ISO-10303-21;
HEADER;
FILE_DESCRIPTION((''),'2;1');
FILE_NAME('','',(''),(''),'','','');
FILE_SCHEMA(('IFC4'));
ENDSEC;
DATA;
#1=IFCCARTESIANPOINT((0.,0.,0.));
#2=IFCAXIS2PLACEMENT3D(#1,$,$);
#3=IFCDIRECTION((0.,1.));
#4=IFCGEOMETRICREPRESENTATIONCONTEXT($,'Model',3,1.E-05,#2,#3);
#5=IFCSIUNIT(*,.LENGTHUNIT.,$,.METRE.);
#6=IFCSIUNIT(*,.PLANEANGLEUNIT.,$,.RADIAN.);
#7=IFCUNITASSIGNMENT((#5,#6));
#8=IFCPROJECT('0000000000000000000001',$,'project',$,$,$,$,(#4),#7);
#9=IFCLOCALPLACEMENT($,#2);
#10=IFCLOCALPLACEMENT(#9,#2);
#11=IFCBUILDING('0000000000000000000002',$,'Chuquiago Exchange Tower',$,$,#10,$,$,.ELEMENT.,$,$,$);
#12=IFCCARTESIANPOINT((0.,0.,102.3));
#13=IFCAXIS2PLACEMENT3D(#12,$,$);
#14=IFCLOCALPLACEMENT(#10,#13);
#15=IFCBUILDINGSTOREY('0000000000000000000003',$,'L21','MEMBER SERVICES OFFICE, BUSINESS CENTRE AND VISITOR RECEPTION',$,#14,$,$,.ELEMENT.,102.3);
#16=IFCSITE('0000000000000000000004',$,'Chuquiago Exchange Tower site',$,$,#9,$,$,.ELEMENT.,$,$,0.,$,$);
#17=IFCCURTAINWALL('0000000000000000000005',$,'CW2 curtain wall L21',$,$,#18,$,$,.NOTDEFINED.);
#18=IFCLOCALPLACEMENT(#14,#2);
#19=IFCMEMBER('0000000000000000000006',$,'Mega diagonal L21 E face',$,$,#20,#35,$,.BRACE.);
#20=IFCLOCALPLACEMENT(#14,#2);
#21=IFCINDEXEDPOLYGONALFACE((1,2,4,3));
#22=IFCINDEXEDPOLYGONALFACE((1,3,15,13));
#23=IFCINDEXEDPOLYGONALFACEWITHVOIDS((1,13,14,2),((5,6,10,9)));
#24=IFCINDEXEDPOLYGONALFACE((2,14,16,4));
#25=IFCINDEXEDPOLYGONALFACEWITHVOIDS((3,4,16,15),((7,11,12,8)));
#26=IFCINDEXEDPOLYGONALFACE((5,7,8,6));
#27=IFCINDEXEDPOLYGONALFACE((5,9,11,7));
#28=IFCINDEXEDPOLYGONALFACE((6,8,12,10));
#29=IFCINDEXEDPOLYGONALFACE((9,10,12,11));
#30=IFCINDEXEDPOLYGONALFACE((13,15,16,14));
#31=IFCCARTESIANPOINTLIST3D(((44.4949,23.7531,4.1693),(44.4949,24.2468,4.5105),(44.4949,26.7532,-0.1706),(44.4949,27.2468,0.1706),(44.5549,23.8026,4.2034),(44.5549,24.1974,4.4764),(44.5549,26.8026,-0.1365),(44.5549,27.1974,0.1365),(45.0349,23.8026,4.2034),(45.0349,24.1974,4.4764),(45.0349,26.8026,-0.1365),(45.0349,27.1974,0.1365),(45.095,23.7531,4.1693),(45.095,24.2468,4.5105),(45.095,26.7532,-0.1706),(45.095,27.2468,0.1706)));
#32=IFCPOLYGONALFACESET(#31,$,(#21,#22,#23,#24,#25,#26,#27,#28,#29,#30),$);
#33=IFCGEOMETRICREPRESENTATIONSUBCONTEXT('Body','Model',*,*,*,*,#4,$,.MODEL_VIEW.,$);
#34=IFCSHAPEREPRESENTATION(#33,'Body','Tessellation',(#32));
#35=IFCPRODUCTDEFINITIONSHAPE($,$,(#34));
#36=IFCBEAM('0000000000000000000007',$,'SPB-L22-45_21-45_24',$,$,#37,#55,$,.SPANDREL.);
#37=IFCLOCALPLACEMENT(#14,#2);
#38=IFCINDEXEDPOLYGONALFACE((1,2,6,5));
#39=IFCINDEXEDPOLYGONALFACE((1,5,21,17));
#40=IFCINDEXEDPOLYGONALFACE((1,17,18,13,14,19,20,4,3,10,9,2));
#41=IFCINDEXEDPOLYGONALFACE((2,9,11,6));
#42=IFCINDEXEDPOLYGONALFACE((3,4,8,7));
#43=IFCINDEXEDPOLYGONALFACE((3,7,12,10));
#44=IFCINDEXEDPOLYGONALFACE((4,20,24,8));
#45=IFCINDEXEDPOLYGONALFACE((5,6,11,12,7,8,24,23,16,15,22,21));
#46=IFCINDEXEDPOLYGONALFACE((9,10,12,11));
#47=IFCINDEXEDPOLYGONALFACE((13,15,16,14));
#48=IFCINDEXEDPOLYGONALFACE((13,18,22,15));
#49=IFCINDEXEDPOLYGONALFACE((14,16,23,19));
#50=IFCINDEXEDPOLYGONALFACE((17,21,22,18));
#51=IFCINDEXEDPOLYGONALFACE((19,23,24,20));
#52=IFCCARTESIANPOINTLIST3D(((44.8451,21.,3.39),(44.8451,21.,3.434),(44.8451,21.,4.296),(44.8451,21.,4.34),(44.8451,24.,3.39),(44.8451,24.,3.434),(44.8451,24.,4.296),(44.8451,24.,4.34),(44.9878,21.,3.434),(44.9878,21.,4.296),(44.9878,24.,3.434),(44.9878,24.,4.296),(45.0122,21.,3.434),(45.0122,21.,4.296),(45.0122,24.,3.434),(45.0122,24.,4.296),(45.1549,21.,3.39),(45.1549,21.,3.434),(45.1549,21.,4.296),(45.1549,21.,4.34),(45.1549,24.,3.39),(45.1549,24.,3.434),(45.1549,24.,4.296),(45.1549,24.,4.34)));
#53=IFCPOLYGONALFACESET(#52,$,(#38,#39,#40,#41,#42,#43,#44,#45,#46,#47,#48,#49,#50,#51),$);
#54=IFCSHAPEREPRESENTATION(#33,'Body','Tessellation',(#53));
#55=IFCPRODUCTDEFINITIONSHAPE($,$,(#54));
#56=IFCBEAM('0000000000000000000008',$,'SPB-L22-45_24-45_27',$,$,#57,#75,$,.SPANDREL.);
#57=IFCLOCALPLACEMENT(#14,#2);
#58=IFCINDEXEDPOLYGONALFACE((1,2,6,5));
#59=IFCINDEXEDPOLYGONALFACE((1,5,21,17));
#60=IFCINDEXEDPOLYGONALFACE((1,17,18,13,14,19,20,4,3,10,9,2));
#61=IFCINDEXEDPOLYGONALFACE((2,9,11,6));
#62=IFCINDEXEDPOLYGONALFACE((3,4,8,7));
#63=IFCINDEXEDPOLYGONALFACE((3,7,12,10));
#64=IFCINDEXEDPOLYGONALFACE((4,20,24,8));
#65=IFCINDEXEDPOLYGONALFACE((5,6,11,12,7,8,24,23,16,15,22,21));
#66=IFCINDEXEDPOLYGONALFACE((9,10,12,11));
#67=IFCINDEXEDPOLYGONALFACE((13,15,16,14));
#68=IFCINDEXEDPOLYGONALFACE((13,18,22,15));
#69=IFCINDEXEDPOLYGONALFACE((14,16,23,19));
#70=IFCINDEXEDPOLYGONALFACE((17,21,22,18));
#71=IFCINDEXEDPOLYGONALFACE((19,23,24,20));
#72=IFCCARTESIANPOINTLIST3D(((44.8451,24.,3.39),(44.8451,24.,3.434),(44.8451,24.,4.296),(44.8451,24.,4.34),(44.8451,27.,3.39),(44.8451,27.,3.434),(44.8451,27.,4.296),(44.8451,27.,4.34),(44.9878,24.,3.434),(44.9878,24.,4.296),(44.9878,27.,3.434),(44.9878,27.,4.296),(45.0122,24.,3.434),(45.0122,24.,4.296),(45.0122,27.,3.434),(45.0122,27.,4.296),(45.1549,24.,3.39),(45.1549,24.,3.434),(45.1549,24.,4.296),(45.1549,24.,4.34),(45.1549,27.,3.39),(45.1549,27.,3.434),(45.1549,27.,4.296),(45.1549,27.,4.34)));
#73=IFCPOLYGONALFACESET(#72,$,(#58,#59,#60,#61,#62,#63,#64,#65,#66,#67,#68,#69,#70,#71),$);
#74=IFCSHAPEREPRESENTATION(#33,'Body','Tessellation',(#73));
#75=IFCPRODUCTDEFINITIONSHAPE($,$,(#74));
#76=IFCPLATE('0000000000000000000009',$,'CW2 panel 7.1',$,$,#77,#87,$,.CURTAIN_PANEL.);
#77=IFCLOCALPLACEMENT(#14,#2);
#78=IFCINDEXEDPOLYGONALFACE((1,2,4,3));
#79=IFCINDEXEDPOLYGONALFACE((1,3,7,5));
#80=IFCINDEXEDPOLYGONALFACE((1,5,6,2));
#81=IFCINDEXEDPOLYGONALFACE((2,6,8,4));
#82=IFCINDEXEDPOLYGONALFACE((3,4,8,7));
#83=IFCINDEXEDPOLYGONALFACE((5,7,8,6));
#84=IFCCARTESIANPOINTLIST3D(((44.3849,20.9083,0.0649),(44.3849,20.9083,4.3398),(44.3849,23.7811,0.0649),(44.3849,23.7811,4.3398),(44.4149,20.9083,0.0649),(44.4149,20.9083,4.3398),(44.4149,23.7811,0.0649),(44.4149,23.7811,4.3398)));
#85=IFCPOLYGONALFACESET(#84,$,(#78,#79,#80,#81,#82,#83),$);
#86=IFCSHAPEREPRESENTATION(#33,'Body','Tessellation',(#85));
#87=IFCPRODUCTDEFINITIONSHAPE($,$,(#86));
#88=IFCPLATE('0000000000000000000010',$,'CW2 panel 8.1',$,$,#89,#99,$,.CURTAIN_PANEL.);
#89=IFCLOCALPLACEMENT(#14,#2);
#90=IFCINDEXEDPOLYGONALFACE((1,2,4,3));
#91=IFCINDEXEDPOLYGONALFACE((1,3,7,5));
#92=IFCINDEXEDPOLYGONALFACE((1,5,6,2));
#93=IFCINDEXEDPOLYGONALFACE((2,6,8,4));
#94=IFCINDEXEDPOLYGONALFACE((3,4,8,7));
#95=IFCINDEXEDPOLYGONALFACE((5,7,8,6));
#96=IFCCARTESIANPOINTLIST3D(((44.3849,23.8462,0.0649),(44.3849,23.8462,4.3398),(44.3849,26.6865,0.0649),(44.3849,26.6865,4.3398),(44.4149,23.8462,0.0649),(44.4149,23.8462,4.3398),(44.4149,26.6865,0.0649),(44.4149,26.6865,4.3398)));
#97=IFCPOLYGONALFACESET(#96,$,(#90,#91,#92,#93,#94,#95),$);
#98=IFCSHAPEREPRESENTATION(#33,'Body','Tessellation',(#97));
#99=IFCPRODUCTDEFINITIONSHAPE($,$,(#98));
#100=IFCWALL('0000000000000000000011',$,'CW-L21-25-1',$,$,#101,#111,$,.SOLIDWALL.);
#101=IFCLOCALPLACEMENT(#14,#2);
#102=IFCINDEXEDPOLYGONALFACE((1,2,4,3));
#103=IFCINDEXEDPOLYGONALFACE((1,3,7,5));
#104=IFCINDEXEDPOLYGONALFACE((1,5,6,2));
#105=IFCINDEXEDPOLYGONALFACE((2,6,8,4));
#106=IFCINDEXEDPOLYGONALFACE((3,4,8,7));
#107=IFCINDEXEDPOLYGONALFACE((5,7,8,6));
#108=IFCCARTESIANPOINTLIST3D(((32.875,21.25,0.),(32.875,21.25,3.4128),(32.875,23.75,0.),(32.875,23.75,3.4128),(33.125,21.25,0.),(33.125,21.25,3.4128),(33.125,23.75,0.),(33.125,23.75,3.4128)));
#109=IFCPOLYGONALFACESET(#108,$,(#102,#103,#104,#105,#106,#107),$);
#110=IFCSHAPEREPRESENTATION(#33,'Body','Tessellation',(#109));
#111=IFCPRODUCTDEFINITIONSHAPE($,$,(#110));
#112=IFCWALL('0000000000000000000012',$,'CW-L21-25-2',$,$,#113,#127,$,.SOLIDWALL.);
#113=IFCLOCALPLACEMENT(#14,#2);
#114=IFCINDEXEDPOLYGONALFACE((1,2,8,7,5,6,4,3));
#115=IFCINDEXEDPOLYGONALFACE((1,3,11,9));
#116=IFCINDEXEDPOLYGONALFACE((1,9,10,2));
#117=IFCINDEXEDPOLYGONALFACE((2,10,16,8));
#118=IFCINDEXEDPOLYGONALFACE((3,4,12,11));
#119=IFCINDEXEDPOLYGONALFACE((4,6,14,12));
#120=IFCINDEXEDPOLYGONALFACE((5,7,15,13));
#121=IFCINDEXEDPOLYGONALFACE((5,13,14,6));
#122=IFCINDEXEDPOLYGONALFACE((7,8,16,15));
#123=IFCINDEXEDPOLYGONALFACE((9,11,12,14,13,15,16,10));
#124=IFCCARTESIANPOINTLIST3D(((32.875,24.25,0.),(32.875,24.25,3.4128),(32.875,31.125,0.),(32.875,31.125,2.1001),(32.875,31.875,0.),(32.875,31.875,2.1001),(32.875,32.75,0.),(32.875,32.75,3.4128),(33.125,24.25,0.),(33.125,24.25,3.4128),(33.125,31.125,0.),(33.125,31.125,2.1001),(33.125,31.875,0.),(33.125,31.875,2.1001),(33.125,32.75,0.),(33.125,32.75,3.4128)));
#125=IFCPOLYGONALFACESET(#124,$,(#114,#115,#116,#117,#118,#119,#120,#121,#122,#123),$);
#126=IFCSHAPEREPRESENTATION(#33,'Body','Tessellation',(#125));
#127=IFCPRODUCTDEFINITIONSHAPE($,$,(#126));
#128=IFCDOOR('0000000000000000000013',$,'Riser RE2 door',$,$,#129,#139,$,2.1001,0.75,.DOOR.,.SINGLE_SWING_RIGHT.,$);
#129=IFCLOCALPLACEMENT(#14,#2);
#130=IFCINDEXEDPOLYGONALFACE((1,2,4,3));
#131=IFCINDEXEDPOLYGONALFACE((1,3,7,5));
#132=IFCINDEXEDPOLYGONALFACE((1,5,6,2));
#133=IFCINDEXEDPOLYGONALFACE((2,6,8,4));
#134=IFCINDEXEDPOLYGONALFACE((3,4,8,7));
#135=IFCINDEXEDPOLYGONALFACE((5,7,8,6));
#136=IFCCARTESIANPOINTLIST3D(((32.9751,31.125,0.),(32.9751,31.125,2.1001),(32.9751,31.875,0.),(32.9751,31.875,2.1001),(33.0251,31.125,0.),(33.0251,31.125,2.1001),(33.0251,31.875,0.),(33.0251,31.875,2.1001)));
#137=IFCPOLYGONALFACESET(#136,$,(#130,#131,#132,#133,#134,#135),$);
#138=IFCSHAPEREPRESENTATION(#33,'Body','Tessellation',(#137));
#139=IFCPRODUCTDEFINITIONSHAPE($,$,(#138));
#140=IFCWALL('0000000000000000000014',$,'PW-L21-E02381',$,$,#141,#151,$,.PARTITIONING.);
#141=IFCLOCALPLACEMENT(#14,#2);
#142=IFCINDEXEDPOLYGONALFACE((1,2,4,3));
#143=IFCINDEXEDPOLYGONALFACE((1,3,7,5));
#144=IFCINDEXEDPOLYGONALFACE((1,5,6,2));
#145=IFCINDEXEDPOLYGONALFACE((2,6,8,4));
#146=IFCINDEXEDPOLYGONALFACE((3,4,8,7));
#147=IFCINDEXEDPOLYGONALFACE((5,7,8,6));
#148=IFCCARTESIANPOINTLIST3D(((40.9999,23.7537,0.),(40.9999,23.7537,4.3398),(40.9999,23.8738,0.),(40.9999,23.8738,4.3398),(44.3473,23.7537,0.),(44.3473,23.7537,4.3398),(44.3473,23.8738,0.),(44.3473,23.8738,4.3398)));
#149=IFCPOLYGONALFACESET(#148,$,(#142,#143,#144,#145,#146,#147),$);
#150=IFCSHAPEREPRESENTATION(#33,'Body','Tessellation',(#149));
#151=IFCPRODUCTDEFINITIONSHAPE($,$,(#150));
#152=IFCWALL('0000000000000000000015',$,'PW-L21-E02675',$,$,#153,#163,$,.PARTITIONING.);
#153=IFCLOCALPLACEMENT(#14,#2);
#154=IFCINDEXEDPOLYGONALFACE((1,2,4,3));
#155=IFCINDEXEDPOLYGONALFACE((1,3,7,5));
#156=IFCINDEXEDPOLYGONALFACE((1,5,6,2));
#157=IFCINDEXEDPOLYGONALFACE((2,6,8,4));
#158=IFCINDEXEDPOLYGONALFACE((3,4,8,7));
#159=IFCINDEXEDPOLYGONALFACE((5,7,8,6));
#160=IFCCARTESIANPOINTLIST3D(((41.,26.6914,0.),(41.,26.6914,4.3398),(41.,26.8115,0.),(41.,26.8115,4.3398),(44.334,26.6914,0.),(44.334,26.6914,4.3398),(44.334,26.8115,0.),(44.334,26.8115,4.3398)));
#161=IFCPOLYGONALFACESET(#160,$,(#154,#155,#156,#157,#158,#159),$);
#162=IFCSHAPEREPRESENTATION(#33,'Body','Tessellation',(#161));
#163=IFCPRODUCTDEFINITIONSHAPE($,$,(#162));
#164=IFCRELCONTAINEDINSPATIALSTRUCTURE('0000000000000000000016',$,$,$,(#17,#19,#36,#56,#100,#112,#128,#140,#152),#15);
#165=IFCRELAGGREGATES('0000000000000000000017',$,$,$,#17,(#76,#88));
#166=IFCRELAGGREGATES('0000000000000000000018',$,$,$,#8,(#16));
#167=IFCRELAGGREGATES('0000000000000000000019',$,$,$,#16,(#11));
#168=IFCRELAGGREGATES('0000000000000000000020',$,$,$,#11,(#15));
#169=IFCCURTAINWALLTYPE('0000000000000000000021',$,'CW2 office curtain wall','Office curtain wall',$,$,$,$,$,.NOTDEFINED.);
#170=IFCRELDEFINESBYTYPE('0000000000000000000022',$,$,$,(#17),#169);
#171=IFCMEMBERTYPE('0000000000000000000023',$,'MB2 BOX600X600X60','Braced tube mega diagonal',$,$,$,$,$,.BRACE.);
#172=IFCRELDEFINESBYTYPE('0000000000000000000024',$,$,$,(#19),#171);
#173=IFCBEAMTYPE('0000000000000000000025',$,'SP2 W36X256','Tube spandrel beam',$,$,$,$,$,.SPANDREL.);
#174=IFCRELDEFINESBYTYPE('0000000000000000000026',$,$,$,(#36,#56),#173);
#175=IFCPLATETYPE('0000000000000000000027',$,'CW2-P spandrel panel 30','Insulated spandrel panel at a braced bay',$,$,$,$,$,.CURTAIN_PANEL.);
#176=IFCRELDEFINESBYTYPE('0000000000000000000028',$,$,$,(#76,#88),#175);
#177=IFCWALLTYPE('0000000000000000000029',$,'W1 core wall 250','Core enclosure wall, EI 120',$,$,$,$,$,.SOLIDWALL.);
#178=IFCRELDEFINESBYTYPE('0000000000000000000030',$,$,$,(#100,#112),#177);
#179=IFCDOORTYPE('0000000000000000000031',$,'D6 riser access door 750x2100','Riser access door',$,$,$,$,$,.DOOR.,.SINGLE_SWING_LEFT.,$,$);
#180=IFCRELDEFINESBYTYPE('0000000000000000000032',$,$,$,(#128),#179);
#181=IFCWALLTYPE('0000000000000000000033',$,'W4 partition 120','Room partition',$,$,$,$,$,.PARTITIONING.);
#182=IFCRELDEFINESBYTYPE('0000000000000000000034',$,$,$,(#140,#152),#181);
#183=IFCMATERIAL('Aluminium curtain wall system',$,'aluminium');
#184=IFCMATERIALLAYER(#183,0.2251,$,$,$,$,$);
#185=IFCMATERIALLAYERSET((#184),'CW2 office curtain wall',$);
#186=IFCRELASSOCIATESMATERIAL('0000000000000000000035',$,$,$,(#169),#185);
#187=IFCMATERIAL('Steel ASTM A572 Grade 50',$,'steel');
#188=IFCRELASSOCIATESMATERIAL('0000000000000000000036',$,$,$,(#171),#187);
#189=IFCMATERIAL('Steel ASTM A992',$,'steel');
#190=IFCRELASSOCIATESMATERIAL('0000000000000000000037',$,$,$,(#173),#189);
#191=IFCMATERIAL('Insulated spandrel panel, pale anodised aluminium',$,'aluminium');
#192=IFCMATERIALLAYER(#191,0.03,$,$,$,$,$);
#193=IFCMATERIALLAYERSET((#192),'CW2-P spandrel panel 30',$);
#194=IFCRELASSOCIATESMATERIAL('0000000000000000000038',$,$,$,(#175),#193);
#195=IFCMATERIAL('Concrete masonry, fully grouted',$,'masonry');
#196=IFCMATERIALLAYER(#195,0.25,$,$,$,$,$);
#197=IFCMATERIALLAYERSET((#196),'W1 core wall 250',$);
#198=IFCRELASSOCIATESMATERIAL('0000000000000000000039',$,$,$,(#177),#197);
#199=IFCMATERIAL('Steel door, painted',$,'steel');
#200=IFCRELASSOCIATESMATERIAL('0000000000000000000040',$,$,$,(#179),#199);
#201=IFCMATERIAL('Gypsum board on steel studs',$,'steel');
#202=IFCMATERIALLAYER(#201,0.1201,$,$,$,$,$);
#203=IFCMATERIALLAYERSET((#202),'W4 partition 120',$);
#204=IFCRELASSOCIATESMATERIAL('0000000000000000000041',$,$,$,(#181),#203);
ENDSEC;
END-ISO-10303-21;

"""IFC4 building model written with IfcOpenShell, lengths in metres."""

from ifc_helpers import new_model, si_unit, direction, frame, frame_2d, origin, origin_2d, place, context, subcontext, project, spatial, rectangle, hollow_rectangle, i_section, extrude, material, layer, layer_set, material_profile, profile_set, type_object, element, fill, aggregate, save


model = new_model("IFC4")

# Units and contexts
model_context = context("Model", 3, precision=1e-05, world=origin(), true_north=direction((0.0, 1.0)))
body_context = subcontext(model_context, "Body", "Model", "MODEL_VIEW")
ifc_project = project(units=[si_unit("LENGTHUNIT", "METRE"), si_unit("PLANEANGLEUNIT", "RADIAN")], contexts=[model_context])

# Site, building, storey
site_placement = place(None, origin())
site = spatial("IfcSite", under=ifc_project, at=site_placement, Name="Chuquiago Exchange Tower site", CompositionType="ELEMENT", RefElevation=0.0)
building_placement = place(site_placement, origin())
building = spatial("IfcBuilding", under=site, at=building_placement, Name="Chuquiago Exchange Tower", CompositionType="ELEMENT")
storey_placement = place(building_placement, frame((0.0, 0.0, 102.3)))
storey = spatial("IfcBuildingStorey", under=building, at=storey_placement, Name="L21", Description="MEMBER SERVICES OFFICE, BUSINESS CENTRE AND VISITOR RECEPTION", CompositionType="ELEMENT", Elevation=102.3)

# Curtain wall
ifc_material_1 = material(Name="Aluminium curtain wall system", Category="aluminium")
ifc_layer_1 = layer(ifc_material_1, 0.2251)
ifc_layer_set_1 = layer_set([ifc_layer_1], Name="CW2 office curtain wall")
curtain_wall_type_1 = type_object("IfcCurtainWallType", Name="CW2 office curtain wall", Description="Office curtain wall", PredefinedType="NOTDEFINED", material=ifc_layer_set_1)
curtain_wall_1_placement = place(storey_placement, origin())
curtain_wall_1 = element("IfcCurtainWall", 1, at=curtain_wall_1_placement, inside=storey, type_object=curtain_wall_type_1, Name="CW2 curtain wall L21", PredefinedType="NOTDEFINED")

# Member
ifc_material_2 = material(Name="Steel ASTM A572 Grade 50", Category="steel")
ifc_material_profile_1 = material_profile(ifc_material_2, hollow_rectangle(XDim=0.6001, YDim=0.6001, WallThickness=0.0601, at=origin_2d()), Name="BOX600X600X60")
ifc_profile_set_1 = profile_set([ifc_material_profile_1], Name="Steel ASTM A572 Grade 50")
member_type_1 = type_object("IfcMemberType", Name="MB2 BOX600X600X60", Description="Braced tube mega diagonal", PredefinedType="BRACE", material=ifc_profile_set_1)
for number, where, z_axis, x_axis, name in (
    (2, (44.7949, 27.0, 0.0), (0.0, -0.568632, 0.822592), (1.0, 0.0, 0.0), "Mega diagonal L21 E face"),
):
    element("IfcMember", number, at=place(storey_placement, frame(where, z_axis=z_axis, x_axis=x_axis)), inside=storey, type_object=member_type_1, Name=name, PredefinedType="BRACE", context=body_context, shape_type="SweptSolid", body=[
        extrude(hollow_rectangle(XDim=0.6001, YDim=0.6001, WallThickness=0.0601, at=origin_2d()), origin(), (0.0, 0.0, 1.0), 5.2759),
    ])

# Beams
ifc_material_3 = material(Name="Steel ASTM A992", Category="steel")
ifc_material_profile_2 = material_profile(ifc_material_3, i_section(OverallWidth=0.3098, OverallDepth=0.95, WebThickness=0.0244, FlangeThickness=0.0439, at=origin_2d()), Name="W36X256")
ifc_profile_set_2 = profile_set([ifc_material_profile_2], Name="Steel ASTM A992")
beam_type_1 = type_object("IfcBeamType", Name="SP2 W36X256", Description="Tube spandrel beam", PredefinedType="SPANDREL", material=ifc_profile_set_2)
for number, where, z_axis, x_axis, name in (
    (3, (45.0, 21.0, 3.865), (0.0, 1.0, 0.0), (-1.0, 0.0, 0.0), "SPB-L22-45_21-45_24"),
    (4, (45.0, 24.0, 3.865), (0.0, 1.0, 0.0), (-1.0, 0.0, 0.0), "SPB-L22-45_24-45_27"),
):
    element("IfcBeam", number, at=place(storey_placement, frame(where, z_axis=z_axis, x_axis=x_axis)), inside=storey, type_object=beam_type_1, Name=name, PredefinedType="SPANDREL", context=body_context, shape_type="SweptSolid", body=[
        extrude(i_section(OverallWidth=0.3098, OverallDepth=0.95, WebThickness=0.0244, FlangeThickness=0.0439, at=origin_2d()), origin(), (0.0, 0.0, 1.0), 3.0),
    ])

# Plates
ifc_material_4 = material(Name="Insulated spandrel panel, pale anodised aluminium", Category="aluminium")
ifc_layer_2 = layer(ifc_material_4, 0.03)
ifc_layer_set_2 = layer_set([ifc_layer_2], Name="CW2-P spandrel panel 30")
plate_type = type_object("IfcPlateType", Name="CW2-P spandrel panel 30", Description="Insulated spandrel panel at a braced bay", PredefinedType="CURTAIN_PANEL", material=ifc_layer_set_2)
plate_1_placement = place(storey_placement, frame((44.3999, 22.3447, 0.0649), z_axis=(0.0, 0.0, 1.0), x_axis=(0.0, 1.0, 0.0)))
plate_1 = element("IfcPlate", 5, at=plate_1_placement, type_object=plate_type, Name="CW2 panel 7.1", PredefinedType="CURTAIN_PANEL", context=body_context, shape_type="SweptSolid", body=[
    extrude(rectangle(XDim=2.8728, YDim=0.03, at=origin_2d()), origin(), (0.0, 0.0, 1.0), 4.2749),
])
plate_2_placement = place(storey_placement, frame((44.3999, 25.2664, 0.0649), z_axis=(0.0, 0.0, 1.0), x_axis=(0.0, 1.0, 0.0)))
plate_2 = element("IfcPlate", 6, at=plate_2_placement, type_object=plate_type, Name="CW2 panel 8.1", PredefinedType="CURTAIN_PANEL", context=body_context, shape_type="SweptSolid", body=[
    extrude(rectangle(XDim=2.8403, YDim=0.03, at=origin_2d()), origin(), (0.0, 0.0, 1.0), 4.2749),
])
aggregate(curtain_wall_1, [plate_1, plate_2])

# Wall
ifc_material_5 = material(Name="Concrete masonry, fully grouted", Category="masonry")
ifc_layer_3 = layer(ifc_material_5, 0.25)
ifc_layer_set_3 = layer_set([ifc_layer_3], Name="W1 core wall 250")
wall_type_1 = type_object("IfcWallType", Name="W1 core wall 250", Description="Core enclosure wall, EI 120", PredefinedType="SOLIDWALL", material=ifc_layer_set_3)
wall_1_placement = place(storey_placement, frame((33.0, 21.25, 0.0), z_axis=(0.0, 0.0, 1.0), x_axis=(0.0, 1.0, 0.0)))
element("IfcWall", 7, at=wall_1_placement, inside=storey, type_object=wall_type_1, Name="CW-L21-25-1", PredefinedType="SOLIDWALL", context=body_context, shape_type="SweptSolid", body=[
    extrude(rectangle(XDim=2.5, YDim=0.25, at=frame_2d((1.25, 0.0))), origin(), (0.0, 0.0, 1.0), 3.4128),
])

# Wall, opening, door
wall_2_placement = place(storey_placement, frame((33.0, 24.25, 0.0), z_axis=(0.0, 0.0, 1.0), x_axis=(0.0, 1.0, 0.0)))
wall_2 = element("IfcWall", 8, at=wall_2_placement, inside=storey, type_object=wall_type_1, Name="CW-L21-25-2", PredefinedType="SOLIDWALL", context=body_context, shape_type="SweptSolid", body=[
    extrude(rectangle(XDim=8.5, YDim=0.25, at=frame_2d((4.25, 0.0))), origin(), (0.0, 0.0, 1.0), 3.4128),
])
opening_1_placement = place(wall_2_placement, frame((6.875, 0.0, 0.0)))
opening_1 = element("IfcOpeningElement", 9, at=opening_1_placement, cuts=wall_2, PredefinedType="OPENING", context=body_context, shape_type="SweptSolid", body=[
    extrude(rectangle(XDim=0.75, YDim=2.1001, at=frame_2d((0.375, 1.05))), frame((0.0, 0.135, 0.0), z_axis=(0.0, -1.0, 0.0), x_axis=(1.0, 0.0, 0.0)), (0.0, 0.0, 1.0), 0.27),
])
ifc_material_6 = material(Name="Steel door, painted", Category="steel")
door_type_1 = type_object("IfcDoorType", Name="D6 riser access door 750x2100", Description="Riser access door", OperationType="SINGLE_SWING_LEFT", PredefinedType="DOOR", material=ifc_material_6)
door_1_placement = place(opening_1_placement, origin())
door_1 = element("IfcDoor", 10, at=door_1_placement, inside=storey, type_object=door_type_1, Name="Riser RE2 door", OperationType="SINGLE_SWING_RIGHT", OverallHeight=2.1001, OverallWidth=0.75, PredefinedType="DOOR", context=body_context, shape_type="SweptSolid", body=[
    extrude(rectangle(XDim=0.75, YDim=2.1001, at=frame_2d((0.375, 1.05))), frame((0.0, 0.0249, 0.0), z_axis=(0.0, -1.0, 0.0), x_axis=(1.0, 0.0, 0.0)), (0.0, 0.0, 1.0), 0.05),
])
fill(opening_1, door_1)

# Walls
ifc_material_7 = material(Name="Gypsum board on steel studs", Category="steel")
ifc_layer_4 = layer(ifc_material_7, 0.1201)
ifc_layer_set_4 = layer_set([ifc_layer_4], Name="W4 partition 120")
wall_type_2 = type_object("IfcWallType", Name="W4 partition 120", Description="Room partition", PredefinedType="PARTITIONING", material=ifc_layer_set_4)
wall_3_placement = place(storey_placement, frame((44.3474, 23.8137, 0.0), z_axis=(0.0, 0.0, 1.0), x_axis=(-1.0, 0.0, 0.0)))
element("IfcWall", 11, at=wall_3_placement, inside=storey, type_object=wall_type_2, Name="PW-L21-E02381", PredefinedType="PARTITIONING", context=body_context, shape_type="SweptSolid", body=[
    extrude(rectangle(XDim=3.3474, YDim=0.1201, at=frame_2d((1.6738, 0.0))), origin(), (0.0, 0.0, 1.0), 4.3398),
])
wall_4_placement = place(storey_placement, frame((44.334, 26.7515, 0.0), z_axis=(0.0, 0.0, 1.0), x_axis=(-1.0, 0.0, 0.0)))
element("IfcWall", 12, at=wall_4_placement, inside=storey, type_object=wall_type_2, Name="PW-L21-E02675", PredefinedType="PARTITIONING", context=body_context, shape_type="SweptSolid", body=[
    extrude(rectangle(XDim=3.334, YDim=0.1201, at=frame_2d((1.667, 0.0))), origin(), (0.0, 0.0, 1.0), 4.3398),
])

save(model, "model.ifc")
